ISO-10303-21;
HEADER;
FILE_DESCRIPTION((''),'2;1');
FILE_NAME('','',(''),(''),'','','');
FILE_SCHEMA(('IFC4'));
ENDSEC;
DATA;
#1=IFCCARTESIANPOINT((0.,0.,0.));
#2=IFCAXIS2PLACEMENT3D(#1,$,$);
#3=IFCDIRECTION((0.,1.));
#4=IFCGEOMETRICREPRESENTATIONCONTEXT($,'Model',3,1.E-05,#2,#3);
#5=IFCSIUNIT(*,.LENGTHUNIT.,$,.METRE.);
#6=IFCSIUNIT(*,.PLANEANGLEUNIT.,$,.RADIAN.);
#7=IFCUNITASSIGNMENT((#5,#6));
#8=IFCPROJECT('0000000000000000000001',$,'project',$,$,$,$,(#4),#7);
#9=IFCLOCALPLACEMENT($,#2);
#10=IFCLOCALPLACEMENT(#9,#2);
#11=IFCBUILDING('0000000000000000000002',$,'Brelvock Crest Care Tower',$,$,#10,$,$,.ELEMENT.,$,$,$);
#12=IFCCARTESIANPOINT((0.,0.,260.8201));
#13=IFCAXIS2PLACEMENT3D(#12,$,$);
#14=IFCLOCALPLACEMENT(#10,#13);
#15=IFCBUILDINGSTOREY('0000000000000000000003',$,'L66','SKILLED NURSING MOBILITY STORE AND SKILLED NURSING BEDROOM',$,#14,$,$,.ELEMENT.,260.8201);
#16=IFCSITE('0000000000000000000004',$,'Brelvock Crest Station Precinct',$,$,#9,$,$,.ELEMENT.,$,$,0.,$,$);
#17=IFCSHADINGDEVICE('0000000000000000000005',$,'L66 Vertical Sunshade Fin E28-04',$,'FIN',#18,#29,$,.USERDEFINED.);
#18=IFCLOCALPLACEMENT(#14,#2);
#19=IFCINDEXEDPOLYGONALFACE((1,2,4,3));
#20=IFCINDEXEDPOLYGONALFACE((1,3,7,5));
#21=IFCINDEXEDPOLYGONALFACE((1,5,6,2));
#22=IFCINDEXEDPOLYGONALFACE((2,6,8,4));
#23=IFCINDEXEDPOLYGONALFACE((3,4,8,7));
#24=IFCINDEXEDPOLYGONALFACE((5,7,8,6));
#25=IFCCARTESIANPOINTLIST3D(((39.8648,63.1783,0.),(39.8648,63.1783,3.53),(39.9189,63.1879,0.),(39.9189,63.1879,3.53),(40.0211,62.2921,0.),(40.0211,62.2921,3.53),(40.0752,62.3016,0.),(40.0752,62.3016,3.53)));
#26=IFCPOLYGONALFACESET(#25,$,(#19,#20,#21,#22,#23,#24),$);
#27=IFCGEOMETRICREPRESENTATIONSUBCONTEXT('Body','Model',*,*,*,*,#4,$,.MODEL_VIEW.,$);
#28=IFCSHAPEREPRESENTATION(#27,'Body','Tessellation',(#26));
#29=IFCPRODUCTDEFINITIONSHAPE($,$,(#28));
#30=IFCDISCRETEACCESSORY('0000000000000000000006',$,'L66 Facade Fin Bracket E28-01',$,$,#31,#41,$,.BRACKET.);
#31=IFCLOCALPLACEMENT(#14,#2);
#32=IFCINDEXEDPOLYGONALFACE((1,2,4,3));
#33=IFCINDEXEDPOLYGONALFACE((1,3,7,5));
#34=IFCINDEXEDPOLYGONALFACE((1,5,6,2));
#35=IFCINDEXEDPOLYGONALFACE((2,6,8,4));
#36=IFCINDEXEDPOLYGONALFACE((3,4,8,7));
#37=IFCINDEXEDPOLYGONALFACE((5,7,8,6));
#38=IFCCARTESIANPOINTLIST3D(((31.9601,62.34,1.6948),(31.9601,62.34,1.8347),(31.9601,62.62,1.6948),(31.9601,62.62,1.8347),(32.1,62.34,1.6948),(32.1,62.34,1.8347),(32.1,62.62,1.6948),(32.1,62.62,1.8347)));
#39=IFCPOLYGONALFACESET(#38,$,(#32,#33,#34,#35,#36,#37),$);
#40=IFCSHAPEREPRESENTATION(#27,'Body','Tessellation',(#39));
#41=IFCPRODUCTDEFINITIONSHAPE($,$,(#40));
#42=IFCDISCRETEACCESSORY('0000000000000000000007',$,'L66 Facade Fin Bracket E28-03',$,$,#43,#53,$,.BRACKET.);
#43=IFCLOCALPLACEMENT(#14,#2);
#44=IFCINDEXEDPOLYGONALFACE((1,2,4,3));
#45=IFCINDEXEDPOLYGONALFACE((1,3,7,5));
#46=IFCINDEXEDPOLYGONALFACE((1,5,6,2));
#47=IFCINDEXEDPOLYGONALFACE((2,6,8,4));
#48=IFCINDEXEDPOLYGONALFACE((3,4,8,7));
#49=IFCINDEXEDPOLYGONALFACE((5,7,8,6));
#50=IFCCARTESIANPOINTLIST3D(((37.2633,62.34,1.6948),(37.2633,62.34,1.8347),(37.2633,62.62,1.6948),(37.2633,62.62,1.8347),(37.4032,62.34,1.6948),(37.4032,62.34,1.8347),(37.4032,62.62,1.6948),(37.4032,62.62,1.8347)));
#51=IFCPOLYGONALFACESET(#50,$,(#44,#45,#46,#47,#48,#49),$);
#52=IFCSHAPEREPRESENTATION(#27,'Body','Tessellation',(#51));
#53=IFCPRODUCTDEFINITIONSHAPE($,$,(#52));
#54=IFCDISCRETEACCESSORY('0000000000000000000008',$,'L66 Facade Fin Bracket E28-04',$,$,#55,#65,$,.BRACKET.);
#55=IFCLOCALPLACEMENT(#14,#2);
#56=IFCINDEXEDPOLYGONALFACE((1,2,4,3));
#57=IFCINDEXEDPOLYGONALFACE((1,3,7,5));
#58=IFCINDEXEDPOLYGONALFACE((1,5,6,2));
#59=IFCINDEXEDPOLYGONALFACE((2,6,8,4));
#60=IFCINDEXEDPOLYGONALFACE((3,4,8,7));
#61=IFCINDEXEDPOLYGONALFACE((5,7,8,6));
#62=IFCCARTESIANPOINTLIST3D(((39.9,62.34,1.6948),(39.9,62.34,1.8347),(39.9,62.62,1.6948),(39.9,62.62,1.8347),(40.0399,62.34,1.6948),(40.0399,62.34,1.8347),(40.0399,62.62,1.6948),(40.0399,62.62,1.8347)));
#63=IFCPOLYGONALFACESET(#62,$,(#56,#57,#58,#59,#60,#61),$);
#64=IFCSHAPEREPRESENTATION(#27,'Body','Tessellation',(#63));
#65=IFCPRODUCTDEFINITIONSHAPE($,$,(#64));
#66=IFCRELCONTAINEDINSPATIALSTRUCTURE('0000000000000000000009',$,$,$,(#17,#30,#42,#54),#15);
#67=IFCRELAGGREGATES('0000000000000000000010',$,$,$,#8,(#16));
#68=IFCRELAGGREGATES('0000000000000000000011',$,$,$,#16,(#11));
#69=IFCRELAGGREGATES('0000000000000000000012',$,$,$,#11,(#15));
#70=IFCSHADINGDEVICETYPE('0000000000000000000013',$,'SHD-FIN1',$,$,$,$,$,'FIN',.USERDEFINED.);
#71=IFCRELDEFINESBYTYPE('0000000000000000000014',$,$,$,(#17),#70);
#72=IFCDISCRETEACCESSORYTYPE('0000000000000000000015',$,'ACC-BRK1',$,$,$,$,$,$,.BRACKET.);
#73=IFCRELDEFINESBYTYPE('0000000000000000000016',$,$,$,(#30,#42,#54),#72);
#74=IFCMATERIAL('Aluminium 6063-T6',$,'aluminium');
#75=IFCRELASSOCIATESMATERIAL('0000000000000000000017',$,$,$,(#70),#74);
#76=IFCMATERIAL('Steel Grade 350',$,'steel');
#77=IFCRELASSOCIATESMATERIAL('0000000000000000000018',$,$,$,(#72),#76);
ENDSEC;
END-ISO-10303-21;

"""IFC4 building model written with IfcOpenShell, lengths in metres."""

from ifc_helpers import new_model, si_unit, direction, frame, origin, origin_2d, place, context, subcontext, project, spatial, rectangle, extrude, source, transform, mapped, material, material_profile, profile_set, type_object, element, save


model = new_model("IFC4")

# Units and contexts
model_context = context("Model", 3, precision=1e-05, world=origin(), true_north=direction((0.0, 1.0)))
body_context = subcontext(model_context, "Body", "Model", "MODEL_VIEW")
ifc_project = project(units=[si_unit("LENGTHUNIT", "METRE"), si_unit("PLANEANGLEUNIT", "RADIAN")], contexts=[model_context])

# Site, building, storey
site_placement = place(None, origin())
site = spatial("IfcSite", under=ifc_project, at=site_placement, Name="Brelvock Crest Station Precinct", CompositionType="ELEMENT", RefElevation=0.0)
building_placement = place(site_placement, origin())
building = spatial("IfcBuilding", under=site, at=building_placement, Name="Brelvock Crest Care Tower", CompositionType="ELEMENT")
storey_placement = place(building_placement, frame((0.0, 0.0, 260.8201)))
storey = spatial("IfcBuildingStorey", under=building, at=storey_placement, Name="L66", Description="SKILLED NURSING MOBILITY STORE AND SKILLED NURSING BEDROOM", CompositionType="ELEMENT", Elevation=260.8201)

# Shared definitions
ifc_material_1 = material(Name="Steel Grade 350", Category="steel")

# Shared definitions
ifc_material_2 = material(Name="Aluminium 6063-T6", Category="aluminium")

# Shading device
ifc_material_profile_1 = material_profile(ifc_material_2, rectangle(XDim=0.0549, YDim=0.8999, at=origin_2d()), Name="FIN55x900")
ifc_profile_set_1 = profile_set([ifc_material_profile_1], Name="Aluminium 6063-T6")
shading_device_type = type_object("IfcShadingDeviceType", Name="SHD-FIN1", ElementType="FIN", PredefinedType="USERDEFINED", material=ifc_profile_set_1)
shared_shape_1 = source(origin(), body_context, "Body", "SweptSolid", [
    extrude(rectangle(XDim=0.0549, YDim=0.8999, at=origin_2d()), origin(), (0.0, 0.0, 1.0), 3.53),
])
for number, where, z_axis, x_axis, name in (
    (1, (39.97, 62.74, 0.0), (0.0, 0.0, 1.0), (0.984808, 0.173648, 0.0), "L66 Vertical Sunshade Fin E28-04"),
):
    element("IfcShadingDevice", number, at=place(storey_placement, frame(where, z_axis=z_axis, x_axis=x_axis)), inside=storey, type_object=shading_device_type, Name=name, ObjectType="FIN", PredefinedType="USERDEFINED", context=body_context, shape_type="MappedRepresentation", body=[
        mapped(shared_shape_1, transform((0.0, 0.0, 0.0), x_axis=(1.0, 0.0, 0.0), y_axis=(0.0, 1.0, 0.0), z_axis=(0.0, 0.0, 1.0), scale=1.0)),
    ])

# Discrete accessories
discrete_accessory_type = type_object("IfcDiscreteAccessoryType", Name="ACC-BRK1", PredefinedType="BRACKET", material=ifc_material_1)
shared_shape_2 = source(origin(), body_context, "Body", "SweptSolid", [
    extrude(rectangle(XDim=0.28, YDim=0.1399, at=origin_2d()), origin(), (0.0, 0.0, 1.0), 0.1399),
])
for number, where, z_axis, x_axis, name in (
    (2, (32.03, 62.48, 1.6948), (0.0, 0.0, 1.0), (0.0, 1.0, 0.0), "L66 Facade Fin Bracket E28-01"),
    (3, (37.3333, 62.48, 1.6948), (0.0, 0.0, 1.0), (0.0, 1.0, 0.0), "L66 Facade Fin Bracket E28-03"),
    (4, (39.97, 62.48, 1.6948), (0.0, 0.0, 1.0), (0.0, 1.0, 0.0), "L66 Facade Fin Bracket E28-04"),
):
    element("IfcDiscreteAccessory", number, at=place(storey_placement, frame(where, z_axis=z_axis, x_axis=x_axis)), inside=storey, type_object=discrete_accessory_type, Name=name, PredefinedType="BRACKET", context=body_context, shape_type="MappedRepresentation", body=[
        mapped(shared_shape_2, transform((0.0, 0.0, 0.0), x_axis=(1.0, 0.0, 0.0), y_axis=(0.0, 1.0, 0.0), z_axis=(0.0, 0.0, 1.0), scale=1.0)),
    ])

save(model, "model.ifc")
